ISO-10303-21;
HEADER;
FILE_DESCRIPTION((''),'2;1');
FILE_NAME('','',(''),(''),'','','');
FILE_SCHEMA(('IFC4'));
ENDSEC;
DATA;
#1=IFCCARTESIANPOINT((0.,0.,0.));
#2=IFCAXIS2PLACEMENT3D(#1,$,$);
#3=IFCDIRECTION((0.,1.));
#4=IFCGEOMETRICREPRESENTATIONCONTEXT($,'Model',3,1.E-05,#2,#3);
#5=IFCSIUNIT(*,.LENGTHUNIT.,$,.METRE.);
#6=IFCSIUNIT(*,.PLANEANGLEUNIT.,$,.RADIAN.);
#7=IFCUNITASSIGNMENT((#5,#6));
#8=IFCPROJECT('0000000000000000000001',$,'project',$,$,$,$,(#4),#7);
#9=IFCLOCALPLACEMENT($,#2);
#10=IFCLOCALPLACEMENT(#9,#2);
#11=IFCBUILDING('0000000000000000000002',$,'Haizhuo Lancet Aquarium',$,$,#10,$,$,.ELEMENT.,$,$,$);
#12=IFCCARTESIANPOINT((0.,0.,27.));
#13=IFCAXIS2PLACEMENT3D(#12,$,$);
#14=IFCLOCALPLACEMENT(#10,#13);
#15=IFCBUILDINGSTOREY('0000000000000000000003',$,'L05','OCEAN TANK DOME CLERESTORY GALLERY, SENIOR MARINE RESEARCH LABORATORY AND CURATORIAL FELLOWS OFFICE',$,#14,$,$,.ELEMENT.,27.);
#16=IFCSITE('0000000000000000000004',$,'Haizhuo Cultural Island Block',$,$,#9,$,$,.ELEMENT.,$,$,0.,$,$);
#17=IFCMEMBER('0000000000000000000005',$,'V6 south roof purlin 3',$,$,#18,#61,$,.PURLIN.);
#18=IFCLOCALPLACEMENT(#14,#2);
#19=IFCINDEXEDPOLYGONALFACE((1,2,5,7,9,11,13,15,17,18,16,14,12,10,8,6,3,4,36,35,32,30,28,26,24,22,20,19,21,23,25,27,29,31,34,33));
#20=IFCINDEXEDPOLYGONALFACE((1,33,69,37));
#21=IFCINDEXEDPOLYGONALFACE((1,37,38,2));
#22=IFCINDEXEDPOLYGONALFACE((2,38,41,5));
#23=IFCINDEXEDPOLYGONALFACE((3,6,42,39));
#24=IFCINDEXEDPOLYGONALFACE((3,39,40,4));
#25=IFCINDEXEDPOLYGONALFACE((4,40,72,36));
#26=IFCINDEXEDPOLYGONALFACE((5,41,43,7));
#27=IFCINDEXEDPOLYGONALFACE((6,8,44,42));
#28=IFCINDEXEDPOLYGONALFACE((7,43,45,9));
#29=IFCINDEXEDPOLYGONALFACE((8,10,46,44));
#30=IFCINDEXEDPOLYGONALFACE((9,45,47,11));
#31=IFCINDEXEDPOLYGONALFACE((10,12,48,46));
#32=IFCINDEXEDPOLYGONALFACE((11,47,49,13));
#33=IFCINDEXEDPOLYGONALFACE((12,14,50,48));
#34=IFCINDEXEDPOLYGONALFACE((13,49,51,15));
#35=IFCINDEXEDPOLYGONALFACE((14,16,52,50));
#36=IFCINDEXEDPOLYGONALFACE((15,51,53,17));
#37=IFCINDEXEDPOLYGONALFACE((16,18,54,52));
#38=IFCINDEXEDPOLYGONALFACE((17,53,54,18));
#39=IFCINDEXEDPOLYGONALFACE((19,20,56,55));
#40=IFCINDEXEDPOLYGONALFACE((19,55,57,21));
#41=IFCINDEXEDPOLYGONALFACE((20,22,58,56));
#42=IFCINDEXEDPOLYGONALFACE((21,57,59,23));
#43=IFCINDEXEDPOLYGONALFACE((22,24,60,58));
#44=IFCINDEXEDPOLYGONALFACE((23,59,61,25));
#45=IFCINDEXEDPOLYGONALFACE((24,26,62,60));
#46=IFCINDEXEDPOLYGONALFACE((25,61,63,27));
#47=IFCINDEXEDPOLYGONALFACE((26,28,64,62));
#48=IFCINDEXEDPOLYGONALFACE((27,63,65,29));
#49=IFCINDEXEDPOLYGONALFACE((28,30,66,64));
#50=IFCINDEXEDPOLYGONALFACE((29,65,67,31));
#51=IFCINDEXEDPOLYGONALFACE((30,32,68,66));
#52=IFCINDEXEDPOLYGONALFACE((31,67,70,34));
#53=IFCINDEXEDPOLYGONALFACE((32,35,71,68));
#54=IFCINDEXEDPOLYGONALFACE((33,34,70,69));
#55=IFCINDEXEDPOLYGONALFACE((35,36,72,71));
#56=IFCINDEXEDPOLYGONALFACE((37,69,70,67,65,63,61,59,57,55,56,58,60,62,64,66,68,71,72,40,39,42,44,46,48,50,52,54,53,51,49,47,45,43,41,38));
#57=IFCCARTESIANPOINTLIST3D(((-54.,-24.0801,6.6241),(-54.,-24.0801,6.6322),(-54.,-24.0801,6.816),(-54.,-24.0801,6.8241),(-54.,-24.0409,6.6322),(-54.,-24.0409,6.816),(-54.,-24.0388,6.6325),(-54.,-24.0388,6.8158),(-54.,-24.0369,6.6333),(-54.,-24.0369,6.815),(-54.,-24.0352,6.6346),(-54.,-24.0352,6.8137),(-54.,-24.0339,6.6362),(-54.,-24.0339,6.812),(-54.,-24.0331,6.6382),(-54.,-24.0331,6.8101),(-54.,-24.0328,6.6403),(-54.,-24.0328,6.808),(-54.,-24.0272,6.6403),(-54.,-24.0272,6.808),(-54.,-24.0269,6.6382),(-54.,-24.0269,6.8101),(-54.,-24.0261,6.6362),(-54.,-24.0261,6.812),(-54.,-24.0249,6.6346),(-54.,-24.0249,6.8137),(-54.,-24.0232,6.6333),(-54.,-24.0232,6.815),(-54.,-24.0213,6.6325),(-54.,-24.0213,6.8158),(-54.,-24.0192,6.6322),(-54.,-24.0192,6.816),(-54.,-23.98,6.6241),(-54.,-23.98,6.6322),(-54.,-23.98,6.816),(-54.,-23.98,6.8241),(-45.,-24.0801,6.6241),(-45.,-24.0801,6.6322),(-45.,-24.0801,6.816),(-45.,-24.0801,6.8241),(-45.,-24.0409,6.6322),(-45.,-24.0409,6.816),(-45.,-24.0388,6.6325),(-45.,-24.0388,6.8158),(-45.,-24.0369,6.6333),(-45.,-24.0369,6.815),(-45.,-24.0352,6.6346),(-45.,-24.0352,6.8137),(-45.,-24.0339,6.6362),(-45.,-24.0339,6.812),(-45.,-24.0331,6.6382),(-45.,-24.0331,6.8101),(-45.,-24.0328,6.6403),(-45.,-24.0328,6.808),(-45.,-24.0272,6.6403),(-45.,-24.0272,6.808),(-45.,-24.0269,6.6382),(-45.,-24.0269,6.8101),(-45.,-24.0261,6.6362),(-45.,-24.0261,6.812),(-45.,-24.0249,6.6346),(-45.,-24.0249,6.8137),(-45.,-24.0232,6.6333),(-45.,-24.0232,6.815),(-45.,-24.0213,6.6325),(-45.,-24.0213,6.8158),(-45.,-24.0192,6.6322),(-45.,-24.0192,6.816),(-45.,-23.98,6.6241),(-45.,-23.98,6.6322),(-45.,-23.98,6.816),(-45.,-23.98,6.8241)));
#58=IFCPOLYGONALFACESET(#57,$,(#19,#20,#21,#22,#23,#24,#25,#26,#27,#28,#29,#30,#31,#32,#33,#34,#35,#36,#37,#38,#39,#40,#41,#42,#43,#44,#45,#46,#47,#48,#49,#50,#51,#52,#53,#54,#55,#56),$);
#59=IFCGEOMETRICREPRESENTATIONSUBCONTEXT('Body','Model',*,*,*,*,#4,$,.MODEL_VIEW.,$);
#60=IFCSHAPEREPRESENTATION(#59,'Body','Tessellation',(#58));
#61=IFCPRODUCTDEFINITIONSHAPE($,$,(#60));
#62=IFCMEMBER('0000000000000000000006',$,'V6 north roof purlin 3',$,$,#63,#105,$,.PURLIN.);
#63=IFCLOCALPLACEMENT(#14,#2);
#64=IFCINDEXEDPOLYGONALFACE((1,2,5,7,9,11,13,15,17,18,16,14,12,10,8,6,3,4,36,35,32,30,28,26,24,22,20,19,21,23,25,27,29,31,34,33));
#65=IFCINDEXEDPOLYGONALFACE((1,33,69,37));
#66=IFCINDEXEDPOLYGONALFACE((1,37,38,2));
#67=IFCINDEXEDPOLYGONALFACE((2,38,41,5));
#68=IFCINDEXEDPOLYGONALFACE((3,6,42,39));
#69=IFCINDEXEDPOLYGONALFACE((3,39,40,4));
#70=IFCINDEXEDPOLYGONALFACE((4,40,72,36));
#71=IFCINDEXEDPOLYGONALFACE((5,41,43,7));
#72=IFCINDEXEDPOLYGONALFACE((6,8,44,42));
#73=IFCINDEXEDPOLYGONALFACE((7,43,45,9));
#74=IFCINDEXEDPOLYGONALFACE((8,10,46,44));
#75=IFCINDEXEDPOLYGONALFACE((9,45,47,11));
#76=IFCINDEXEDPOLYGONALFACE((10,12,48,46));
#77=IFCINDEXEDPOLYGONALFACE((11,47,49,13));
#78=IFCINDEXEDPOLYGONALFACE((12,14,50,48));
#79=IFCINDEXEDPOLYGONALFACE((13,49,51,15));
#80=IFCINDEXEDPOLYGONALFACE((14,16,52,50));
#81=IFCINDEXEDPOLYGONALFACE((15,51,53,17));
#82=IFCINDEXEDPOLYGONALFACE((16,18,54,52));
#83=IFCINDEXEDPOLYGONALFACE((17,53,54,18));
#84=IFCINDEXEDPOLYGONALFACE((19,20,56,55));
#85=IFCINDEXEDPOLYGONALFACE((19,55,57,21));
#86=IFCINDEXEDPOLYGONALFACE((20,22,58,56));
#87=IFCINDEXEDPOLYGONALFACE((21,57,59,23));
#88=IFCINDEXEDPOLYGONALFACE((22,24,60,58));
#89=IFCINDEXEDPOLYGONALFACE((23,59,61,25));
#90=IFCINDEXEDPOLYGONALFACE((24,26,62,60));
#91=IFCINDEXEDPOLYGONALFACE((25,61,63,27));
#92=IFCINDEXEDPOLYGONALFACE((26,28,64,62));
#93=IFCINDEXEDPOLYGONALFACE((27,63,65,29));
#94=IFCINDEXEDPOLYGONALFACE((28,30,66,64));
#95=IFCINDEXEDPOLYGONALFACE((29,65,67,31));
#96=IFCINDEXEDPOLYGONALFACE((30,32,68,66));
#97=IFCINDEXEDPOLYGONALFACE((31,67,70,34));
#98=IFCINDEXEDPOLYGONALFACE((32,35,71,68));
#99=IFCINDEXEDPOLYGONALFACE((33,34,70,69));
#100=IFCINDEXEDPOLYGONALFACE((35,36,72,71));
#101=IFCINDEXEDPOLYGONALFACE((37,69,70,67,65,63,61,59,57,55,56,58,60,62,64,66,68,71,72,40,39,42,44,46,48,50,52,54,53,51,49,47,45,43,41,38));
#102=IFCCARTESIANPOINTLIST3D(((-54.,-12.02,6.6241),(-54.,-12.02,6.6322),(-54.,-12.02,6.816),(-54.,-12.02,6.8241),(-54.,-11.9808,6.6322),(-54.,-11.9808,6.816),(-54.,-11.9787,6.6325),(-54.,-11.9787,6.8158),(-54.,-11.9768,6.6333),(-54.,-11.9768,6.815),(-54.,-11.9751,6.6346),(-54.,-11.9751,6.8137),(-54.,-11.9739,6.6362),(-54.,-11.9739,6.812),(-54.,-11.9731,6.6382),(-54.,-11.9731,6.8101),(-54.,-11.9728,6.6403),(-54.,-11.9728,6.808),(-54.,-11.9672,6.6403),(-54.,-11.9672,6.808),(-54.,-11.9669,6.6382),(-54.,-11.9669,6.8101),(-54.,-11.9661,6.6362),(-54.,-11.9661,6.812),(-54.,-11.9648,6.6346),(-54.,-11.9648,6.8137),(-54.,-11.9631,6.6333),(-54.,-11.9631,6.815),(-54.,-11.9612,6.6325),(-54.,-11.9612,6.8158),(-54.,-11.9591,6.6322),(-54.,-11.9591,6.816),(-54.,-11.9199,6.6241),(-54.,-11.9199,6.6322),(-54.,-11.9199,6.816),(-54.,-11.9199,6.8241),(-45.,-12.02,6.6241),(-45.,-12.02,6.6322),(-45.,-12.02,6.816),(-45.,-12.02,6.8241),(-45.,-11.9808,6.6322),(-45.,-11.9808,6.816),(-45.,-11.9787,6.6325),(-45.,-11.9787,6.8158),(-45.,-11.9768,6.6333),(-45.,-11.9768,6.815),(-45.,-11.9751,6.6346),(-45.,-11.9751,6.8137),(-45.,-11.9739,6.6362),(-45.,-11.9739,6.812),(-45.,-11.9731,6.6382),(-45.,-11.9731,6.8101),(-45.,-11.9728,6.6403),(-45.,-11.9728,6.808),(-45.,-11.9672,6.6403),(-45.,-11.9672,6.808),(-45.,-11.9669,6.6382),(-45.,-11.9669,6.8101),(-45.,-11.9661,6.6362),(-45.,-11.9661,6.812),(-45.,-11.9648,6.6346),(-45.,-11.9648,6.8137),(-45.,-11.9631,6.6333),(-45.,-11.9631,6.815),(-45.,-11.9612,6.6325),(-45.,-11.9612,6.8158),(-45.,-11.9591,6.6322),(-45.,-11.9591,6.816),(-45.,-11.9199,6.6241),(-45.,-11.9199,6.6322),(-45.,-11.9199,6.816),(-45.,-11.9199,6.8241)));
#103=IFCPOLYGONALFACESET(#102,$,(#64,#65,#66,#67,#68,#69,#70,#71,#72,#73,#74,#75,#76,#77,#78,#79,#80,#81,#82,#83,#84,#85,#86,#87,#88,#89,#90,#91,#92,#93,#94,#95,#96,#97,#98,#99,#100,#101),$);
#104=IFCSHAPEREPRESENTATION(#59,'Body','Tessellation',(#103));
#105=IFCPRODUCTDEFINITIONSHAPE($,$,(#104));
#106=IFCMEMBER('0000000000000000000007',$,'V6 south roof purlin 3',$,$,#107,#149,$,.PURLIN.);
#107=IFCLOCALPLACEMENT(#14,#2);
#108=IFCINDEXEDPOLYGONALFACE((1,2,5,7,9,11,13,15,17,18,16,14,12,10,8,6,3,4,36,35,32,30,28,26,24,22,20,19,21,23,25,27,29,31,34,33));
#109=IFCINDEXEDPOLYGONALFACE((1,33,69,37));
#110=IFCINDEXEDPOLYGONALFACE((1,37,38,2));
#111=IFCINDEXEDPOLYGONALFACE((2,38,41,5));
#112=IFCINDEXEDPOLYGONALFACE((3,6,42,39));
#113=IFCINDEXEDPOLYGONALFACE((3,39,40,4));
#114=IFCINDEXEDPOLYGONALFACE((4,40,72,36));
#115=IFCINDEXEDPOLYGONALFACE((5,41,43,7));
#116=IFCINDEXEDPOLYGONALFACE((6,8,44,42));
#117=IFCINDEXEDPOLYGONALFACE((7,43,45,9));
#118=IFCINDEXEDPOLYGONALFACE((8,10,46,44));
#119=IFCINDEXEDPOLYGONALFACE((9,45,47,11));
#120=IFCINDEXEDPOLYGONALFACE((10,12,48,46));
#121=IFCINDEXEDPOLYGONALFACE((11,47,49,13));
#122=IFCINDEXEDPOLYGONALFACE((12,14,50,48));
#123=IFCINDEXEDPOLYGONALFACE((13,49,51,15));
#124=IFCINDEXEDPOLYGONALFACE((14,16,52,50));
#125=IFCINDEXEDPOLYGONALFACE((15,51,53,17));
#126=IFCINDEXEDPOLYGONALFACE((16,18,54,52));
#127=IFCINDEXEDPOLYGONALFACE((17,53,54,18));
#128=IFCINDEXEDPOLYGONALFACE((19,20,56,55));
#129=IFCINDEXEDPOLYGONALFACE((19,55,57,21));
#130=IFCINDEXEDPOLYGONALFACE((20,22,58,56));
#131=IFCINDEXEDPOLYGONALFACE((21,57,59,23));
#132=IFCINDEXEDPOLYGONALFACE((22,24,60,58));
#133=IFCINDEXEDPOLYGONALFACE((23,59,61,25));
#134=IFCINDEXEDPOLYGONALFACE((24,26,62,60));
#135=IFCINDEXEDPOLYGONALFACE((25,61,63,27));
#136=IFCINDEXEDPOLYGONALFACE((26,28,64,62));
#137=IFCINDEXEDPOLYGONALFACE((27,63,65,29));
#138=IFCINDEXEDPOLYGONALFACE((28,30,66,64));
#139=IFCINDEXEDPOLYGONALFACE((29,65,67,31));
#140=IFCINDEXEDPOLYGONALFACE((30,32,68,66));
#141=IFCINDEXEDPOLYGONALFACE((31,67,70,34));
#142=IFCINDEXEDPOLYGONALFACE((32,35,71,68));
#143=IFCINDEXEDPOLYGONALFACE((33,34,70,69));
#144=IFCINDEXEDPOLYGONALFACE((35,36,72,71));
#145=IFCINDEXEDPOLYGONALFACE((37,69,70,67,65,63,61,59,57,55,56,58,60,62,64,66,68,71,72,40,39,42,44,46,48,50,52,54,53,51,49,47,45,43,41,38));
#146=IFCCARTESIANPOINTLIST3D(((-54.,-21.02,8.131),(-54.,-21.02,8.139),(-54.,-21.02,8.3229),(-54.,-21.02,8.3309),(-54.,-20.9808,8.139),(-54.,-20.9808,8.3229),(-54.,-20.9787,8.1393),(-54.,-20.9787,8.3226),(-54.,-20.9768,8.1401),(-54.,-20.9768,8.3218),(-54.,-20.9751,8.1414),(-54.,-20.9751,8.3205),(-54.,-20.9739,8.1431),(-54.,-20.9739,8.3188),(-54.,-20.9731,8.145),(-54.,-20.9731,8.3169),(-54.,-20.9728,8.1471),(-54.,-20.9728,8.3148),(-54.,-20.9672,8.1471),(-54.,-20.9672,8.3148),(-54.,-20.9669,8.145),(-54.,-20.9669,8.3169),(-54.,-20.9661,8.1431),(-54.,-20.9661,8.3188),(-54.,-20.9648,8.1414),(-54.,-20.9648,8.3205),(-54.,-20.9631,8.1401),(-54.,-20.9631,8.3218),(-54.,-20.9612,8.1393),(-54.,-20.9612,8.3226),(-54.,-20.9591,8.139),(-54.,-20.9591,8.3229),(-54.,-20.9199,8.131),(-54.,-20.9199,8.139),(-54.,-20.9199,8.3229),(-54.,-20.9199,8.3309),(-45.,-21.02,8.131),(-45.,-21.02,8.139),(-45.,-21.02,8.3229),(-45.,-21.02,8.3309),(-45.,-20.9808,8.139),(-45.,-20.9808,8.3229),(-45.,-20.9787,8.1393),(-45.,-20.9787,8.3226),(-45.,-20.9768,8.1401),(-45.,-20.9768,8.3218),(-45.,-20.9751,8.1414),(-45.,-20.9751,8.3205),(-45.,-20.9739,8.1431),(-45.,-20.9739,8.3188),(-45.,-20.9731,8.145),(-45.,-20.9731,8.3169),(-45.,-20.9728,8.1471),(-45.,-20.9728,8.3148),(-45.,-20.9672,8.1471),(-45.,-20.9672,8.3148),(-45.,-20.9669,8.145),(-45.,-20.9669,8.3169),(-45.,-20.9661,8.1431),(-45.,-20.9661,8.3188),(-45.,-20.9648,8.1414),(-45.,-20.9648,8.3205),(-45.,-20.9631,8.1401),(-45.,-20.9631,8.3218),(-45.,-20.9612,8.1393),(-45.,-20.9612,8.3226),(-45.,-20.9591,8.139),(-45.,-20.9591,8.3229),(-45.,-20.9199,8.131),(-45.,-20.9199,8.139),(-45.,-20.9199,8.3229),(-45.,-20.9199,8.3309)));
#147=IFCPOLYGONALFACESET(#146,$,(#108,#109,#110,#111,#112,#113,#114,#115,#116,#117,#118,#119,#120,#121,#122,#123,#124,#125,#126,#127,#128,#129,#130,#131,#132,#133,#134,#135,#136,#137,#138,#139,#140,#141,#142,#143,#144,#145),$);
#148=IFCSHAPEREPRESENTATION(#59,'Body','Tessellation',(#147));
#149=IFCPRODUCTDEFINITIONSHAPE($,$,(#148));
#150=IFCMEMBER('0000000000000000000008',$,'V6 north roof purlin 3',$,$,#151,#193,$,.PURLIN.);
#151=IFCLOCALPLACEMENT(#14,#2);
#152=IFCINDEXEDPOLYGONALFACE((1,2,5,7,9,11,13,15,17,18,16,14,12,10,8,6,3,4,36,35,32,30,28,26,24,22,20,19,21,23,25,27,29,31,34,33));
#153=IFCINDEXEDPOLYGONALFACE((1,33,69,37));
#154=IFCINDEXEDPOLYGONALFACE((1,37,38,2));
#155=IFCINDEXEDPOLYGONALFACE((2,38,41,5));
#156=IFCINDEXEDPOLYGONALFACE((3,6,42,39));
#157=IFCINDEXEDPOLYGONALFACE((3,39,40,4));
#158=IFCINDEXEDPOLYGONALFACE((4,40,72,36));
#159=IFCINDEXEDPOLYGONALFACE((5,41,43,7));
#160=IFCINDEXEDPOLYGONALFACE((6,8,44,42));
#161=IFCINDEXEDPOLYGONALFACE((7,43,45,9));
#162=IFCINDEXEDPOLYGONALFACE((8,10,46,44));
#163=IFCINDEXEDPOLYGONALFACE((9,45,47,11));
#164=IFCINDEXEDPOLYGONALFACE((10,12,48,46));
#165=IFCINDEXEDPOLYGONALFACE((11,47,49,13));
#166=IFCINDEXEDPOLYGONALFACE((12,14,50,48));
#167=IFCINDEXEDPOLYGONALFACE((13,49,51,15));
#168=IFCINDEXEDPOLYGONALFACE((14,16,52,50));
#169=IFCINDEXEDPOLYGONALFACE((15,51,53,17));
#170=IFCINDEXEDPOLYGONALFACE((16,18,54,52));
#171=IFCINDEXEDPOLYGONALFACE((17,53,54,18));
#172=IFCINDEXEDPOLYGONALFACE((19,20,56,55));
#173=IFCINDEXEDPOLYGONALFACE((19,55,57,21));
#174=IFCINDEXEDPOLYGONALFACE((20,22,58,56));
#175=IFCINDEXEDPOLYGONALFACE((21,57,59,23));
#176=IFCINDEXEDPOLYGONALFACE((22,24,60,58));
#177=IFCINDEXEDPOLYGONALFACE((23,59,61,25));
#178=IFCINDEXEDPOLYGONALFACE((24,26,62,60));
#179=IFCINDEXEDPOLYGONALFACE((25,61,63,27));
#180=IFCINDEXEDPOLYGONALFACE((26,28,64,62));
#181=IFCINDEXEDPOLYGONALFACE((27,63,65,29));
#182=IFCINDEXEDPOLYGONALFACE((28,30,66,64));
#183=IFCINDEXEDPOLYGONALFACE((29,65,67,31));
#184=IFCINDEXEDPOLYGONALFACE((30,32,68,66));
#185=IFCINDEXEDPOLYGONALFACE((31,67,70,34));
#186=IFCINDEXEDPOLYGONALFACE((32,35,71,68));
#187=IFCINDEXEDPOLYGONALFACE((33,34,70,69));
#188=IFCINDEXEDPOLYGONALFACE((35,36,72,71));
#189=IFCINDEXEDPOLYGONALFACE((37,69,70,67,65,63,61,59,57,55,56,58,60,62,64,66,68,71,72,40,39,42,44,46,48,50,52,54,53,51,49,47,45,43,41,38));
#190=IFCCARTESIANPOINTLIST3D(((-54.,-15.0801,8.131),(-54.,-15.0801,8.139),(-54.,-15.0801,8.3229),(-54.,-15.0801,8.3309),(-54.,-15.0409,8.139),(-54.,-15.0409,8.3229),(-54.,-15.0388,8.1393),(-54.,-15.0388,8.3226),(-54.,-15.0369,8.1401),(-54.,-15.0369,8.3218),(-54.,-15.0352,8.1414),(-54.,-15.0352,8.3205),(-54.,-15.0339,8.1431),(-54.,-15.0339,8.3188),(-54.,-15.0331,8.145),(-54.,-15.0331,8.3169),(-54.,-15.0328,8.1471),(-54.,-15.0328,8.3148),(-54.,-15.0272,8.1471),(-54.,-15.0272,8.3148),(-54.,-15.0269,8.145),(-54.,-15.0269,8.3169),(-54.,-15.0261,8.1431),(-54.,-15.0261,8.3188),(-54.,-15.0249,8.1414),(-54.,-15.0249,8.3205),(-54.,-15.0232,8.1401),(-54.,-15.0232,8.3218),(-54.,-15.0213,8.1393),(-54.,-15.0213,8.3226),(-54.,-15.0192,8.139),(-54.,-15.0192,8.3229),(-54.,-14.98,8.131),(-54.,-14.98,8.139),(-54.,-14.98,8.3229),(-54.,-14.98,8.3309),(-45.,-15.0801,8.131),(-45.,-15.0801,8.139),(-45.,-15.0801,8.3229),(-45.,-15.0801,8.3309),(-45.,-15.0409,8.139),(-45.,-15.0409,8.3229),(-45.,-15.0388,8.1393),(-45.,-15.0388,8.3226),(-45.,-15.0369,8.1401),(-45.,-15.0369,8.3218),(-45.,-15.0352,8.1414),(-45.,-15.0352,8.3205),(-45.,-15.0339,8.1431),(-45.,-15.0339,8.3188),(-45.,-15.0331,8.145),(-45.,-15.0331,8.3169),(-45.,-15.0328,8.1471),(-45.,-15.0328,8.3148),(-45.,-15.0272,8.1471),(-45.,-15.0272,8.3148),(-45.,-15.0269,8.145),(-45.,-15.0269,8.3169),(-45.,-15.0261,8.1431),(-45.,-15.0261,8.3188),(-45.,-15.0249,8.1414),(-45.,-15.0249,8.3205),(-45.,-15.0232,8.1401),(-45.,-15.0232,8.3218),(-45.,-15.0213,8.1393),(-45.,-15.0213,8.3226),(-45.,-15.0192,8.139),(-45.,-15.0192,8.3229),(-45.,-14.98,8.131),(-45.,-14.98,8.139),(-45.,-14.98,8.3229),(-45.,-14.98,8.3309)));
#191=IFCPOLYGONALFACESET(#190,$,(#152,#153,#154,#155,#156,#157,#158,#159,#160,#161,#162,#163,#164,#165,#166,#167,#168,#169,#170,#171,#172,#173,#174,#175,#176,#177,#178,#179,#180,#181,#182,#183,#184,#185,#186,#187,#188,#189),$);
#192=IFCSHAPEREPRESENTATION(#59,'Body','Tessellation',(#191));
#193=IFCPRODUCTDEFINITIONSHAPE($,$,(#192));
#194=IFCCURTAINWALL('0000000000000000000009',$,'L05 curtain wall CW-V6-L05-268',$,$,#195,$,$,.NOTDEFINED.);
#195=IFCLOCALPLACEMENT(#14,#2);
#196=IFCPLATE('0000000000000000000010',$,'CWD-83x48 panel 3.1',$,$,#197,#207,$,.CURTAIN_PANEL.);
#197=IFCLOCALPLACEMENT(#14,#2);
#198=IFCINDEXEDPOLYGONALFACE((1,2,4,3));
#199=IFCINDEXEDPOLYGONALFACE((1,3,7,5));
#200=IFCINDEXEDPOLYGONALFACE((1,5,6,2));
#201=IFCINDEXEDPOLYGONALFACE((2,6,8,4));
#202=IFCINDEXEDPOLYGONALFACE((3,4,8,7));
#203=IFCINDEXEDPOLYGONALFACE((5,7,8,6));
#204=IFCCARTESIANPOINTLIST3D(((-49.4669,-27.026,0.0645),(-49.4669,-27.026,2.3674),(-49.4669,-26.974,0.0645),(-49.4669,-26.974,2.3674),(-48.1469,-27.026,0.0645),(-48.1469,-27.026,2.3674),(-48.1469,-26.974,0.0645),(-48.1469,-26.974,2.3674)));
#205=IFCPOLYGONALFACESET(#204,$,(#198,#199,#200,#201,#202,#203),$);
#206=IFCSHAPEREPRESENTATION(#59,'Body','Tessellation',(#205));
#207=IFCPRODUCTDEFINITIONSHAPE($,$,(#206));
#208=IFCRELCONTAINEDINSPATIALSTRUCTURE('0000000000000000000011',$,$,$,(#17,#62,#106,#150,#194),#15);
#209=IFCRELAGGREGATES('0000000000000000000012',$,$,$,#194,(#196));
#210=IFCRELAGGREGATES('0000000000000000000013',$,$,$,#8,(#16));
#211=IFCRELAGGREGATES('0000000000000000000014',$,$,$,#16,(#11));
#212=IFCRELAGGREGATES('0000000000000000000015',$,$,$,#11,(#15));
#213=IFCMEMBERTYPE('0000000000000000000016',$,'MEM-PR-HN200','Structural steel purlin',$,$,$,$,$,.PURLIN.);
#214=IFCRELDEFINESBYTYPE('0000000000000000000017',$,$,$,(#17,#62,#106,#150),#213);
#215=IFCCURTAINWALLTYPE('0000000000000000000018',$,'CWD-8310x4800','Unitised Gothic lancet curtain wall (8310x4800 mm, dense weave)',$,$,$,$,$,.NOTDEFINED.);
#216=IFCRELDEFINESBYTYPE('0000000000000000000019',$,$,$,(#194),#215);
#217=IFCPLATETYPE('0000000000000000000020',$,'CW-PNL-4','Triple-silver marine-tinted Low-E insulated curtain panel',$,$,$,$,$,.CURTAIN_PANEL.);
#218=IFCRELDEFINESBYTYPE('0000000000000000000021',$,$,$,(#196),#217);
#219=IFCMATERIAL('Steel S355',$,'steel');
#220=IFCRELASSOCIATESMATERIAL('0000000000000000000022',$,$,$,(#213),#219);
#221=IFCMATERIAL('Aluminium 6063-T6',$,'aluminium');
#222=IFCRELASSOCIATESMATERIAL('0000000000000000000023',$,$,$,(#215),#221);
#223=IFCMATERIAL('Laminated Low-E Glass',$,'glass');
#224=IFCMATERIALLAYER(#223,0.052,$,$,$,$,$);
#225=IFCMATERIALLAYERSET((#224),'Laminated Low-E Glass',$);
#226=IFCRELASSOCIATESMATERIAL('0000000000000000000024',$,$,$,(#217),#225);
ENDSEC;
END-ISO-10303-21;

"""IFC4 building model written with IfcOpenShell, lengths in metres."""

from ifc_helpers import new_model, si_unit, direction, frame, origin, origin_2d, place, context, subcontext, project, spatial, rectangle, i_section, extrude, material, layer, layer_set, material_profile, profile_set, type_object, element, aggregate, save


model = new_model("IFC4")

# Units and contexts
model_context = context("Model", 3, precision=1e-05, world=origin(), true_north=direction((0.0, 1.0)))
body_context = subcontext(model_context, "Body", "Model", "MODEL_VIEW")
ifc_project = project(units=[si_unit("LENGTHUNIT", "METRE"), si_unit("PLANEANGLEUNIT", "RADIAN")], contexts=[model_context])

# Site, building, storey
site_placement = place(None, origin())
site = spatial("IfcSite", under=ifc_project, at=site_placement, Name="Haizhuo Cultural Island Block", CompositionType="ELEMENT", RefElevation=0.0)
building_placement = place(site_placement, origin())
building = spatial("IfcBuilding", under=site, at=building_placement, Name="Haizhuo Lancet Aquarium", CompositionType="ELEMENT")
storey_placement = place(building_placement, frame((0.0, 0.0, 27.0)))
storey = spatial("IfcBuildingStorey", under=building, at=storey_placement, Name="L05", Description="OCEAN TANK DOME CLERESTORY GALLERY, SENIOR MARINE RESEARCH LABORATORY AND CURATORIAL FELLOWS OFFICE", CompositionType="ELEMENT", Elevation=27.0)

# Shared definitions
ifc_material_1 = material(Name="Steel S355", Category="steel")

# Members
ifc_material_profile_1 = material_profile(ifc_material_1, i_section(OverallWidth=0.1001, OverallDepth=0.2, WebThickness=0.0056, FlangeThickness=0.0081, FilletRadius=0.0081, at=origin_2d()), Name="HN 200x100x5.5x8")
ifc_profile_set_1 = profile_set([ifc_material_profile_1], Name="Steel S355")
member_type_1 = type_object("IfcMemberType", Name="MEM-PR-HN200", Description="Structural steel purlin", PredefinedType="PURLIN", material=ifc_profile_set_1)
for number, where, z_axis, x_axis, name in (
    (1, (-54.0, -24.03, 6.7241), (1.0, 0.0, 0.0), (0.0, 1.0, 0.0), "V6 south roof purlin 3"),
    (2, (-54.0, -11.97, 6.7241), (1.0, 0.0, 0.0), (0.0, 1.0, 0.0), "V6 north roof purlin 3"),
    (3, (-54.0, -20.97, 8.231), (1.0, 0.0, 0.0), (0.0, 1.0, 0.0), "V6 south roof purlin 3"),
    (4, (-54.0, -15.03, 8.231), (1.0, 0.0, 0.0), (0.0, 1.0, 0.0), "V6 north roof purlin 3"),
):
    element("IfcMember", number, at=place(storey_placement, frame(where, z_axis=z_axis, x_axis=x_axis)), inside=storey, type_object=member_type_1, Name=name, PredefinedType="PURLIN", context=body_context, shape_type="SweptSolid", body=[
        extrude(i_section(OverallWidth=0.1001, OverallDepth=0.2, WebThickness=0.0056, FlangeThickness=0.0081, FilletRadius=0.0081, at=origin_2d()), origin(), (0.0, 0.0, 1.0), 9.0),
    ])

# Curtain wall, plate
ifc_material_2 = material(Name="Aluminium 6063-T6", Category="aluminium")
curtain_wall_type = type_object("IfcCurtainWallType", Name="CWD-8310x4800", Description="Unitised Gothic lancet curtain wall (8310x4800 mm, dense weave)", PredefinedType="NOTDEFINED", material=ifc_material_2)
curtain_wall_placement = place(storey_placement, origin())
curtain_wall = element("IfcCurtainWall", 5, at=curtain_wall_placement, inside=storey, type_object=curtain_wall_type, Name="L05 curtain wall CW-V6-L05-268", PredefinedType="NOTDEFINED")
ifc_material_3 = material(Name="Laminated Low-E Glass", Category="glass")
ifc_layer_1 = layer(ifc_material_3, 0.052)
ifc_layer_set_1 = layer_set([ifc_layer_1], Name="Laminated Low-E Glass")
plate_type_1 = type_object("IfcPlateType", Name="CW-PNL-4", Description="Triple-silver marine-tinted Low-E insulated curtain panel", PredefinedType="CURTAIN_PANEL", material=ifc_layer_set_1)
plate_1_placement = place(storey_placement, frame((-48.8069, -27.0, 0.0645), z_axis=(0.0, 0.0, 1.0), x_axis=(-1.0, 0.0, 0.0)))
plate_1 = element("IfcPlate", 6, at=plate_1_placement, type_object=plate_type_1, Name="CWD-83x48 panel 3.1", PredefinedType="CURTAIN_PANEL", context=body_context, shape_type="SweptSolid", body=[
    extrude(rectangle(XDim=1.3201, YDim=0.052, at=origin_2d()), origin(), (0.0, 0.0, 1.0), 2.303),
])
aggregate(curtain_wall, [plate_1])

save(model, "model.ifc")
